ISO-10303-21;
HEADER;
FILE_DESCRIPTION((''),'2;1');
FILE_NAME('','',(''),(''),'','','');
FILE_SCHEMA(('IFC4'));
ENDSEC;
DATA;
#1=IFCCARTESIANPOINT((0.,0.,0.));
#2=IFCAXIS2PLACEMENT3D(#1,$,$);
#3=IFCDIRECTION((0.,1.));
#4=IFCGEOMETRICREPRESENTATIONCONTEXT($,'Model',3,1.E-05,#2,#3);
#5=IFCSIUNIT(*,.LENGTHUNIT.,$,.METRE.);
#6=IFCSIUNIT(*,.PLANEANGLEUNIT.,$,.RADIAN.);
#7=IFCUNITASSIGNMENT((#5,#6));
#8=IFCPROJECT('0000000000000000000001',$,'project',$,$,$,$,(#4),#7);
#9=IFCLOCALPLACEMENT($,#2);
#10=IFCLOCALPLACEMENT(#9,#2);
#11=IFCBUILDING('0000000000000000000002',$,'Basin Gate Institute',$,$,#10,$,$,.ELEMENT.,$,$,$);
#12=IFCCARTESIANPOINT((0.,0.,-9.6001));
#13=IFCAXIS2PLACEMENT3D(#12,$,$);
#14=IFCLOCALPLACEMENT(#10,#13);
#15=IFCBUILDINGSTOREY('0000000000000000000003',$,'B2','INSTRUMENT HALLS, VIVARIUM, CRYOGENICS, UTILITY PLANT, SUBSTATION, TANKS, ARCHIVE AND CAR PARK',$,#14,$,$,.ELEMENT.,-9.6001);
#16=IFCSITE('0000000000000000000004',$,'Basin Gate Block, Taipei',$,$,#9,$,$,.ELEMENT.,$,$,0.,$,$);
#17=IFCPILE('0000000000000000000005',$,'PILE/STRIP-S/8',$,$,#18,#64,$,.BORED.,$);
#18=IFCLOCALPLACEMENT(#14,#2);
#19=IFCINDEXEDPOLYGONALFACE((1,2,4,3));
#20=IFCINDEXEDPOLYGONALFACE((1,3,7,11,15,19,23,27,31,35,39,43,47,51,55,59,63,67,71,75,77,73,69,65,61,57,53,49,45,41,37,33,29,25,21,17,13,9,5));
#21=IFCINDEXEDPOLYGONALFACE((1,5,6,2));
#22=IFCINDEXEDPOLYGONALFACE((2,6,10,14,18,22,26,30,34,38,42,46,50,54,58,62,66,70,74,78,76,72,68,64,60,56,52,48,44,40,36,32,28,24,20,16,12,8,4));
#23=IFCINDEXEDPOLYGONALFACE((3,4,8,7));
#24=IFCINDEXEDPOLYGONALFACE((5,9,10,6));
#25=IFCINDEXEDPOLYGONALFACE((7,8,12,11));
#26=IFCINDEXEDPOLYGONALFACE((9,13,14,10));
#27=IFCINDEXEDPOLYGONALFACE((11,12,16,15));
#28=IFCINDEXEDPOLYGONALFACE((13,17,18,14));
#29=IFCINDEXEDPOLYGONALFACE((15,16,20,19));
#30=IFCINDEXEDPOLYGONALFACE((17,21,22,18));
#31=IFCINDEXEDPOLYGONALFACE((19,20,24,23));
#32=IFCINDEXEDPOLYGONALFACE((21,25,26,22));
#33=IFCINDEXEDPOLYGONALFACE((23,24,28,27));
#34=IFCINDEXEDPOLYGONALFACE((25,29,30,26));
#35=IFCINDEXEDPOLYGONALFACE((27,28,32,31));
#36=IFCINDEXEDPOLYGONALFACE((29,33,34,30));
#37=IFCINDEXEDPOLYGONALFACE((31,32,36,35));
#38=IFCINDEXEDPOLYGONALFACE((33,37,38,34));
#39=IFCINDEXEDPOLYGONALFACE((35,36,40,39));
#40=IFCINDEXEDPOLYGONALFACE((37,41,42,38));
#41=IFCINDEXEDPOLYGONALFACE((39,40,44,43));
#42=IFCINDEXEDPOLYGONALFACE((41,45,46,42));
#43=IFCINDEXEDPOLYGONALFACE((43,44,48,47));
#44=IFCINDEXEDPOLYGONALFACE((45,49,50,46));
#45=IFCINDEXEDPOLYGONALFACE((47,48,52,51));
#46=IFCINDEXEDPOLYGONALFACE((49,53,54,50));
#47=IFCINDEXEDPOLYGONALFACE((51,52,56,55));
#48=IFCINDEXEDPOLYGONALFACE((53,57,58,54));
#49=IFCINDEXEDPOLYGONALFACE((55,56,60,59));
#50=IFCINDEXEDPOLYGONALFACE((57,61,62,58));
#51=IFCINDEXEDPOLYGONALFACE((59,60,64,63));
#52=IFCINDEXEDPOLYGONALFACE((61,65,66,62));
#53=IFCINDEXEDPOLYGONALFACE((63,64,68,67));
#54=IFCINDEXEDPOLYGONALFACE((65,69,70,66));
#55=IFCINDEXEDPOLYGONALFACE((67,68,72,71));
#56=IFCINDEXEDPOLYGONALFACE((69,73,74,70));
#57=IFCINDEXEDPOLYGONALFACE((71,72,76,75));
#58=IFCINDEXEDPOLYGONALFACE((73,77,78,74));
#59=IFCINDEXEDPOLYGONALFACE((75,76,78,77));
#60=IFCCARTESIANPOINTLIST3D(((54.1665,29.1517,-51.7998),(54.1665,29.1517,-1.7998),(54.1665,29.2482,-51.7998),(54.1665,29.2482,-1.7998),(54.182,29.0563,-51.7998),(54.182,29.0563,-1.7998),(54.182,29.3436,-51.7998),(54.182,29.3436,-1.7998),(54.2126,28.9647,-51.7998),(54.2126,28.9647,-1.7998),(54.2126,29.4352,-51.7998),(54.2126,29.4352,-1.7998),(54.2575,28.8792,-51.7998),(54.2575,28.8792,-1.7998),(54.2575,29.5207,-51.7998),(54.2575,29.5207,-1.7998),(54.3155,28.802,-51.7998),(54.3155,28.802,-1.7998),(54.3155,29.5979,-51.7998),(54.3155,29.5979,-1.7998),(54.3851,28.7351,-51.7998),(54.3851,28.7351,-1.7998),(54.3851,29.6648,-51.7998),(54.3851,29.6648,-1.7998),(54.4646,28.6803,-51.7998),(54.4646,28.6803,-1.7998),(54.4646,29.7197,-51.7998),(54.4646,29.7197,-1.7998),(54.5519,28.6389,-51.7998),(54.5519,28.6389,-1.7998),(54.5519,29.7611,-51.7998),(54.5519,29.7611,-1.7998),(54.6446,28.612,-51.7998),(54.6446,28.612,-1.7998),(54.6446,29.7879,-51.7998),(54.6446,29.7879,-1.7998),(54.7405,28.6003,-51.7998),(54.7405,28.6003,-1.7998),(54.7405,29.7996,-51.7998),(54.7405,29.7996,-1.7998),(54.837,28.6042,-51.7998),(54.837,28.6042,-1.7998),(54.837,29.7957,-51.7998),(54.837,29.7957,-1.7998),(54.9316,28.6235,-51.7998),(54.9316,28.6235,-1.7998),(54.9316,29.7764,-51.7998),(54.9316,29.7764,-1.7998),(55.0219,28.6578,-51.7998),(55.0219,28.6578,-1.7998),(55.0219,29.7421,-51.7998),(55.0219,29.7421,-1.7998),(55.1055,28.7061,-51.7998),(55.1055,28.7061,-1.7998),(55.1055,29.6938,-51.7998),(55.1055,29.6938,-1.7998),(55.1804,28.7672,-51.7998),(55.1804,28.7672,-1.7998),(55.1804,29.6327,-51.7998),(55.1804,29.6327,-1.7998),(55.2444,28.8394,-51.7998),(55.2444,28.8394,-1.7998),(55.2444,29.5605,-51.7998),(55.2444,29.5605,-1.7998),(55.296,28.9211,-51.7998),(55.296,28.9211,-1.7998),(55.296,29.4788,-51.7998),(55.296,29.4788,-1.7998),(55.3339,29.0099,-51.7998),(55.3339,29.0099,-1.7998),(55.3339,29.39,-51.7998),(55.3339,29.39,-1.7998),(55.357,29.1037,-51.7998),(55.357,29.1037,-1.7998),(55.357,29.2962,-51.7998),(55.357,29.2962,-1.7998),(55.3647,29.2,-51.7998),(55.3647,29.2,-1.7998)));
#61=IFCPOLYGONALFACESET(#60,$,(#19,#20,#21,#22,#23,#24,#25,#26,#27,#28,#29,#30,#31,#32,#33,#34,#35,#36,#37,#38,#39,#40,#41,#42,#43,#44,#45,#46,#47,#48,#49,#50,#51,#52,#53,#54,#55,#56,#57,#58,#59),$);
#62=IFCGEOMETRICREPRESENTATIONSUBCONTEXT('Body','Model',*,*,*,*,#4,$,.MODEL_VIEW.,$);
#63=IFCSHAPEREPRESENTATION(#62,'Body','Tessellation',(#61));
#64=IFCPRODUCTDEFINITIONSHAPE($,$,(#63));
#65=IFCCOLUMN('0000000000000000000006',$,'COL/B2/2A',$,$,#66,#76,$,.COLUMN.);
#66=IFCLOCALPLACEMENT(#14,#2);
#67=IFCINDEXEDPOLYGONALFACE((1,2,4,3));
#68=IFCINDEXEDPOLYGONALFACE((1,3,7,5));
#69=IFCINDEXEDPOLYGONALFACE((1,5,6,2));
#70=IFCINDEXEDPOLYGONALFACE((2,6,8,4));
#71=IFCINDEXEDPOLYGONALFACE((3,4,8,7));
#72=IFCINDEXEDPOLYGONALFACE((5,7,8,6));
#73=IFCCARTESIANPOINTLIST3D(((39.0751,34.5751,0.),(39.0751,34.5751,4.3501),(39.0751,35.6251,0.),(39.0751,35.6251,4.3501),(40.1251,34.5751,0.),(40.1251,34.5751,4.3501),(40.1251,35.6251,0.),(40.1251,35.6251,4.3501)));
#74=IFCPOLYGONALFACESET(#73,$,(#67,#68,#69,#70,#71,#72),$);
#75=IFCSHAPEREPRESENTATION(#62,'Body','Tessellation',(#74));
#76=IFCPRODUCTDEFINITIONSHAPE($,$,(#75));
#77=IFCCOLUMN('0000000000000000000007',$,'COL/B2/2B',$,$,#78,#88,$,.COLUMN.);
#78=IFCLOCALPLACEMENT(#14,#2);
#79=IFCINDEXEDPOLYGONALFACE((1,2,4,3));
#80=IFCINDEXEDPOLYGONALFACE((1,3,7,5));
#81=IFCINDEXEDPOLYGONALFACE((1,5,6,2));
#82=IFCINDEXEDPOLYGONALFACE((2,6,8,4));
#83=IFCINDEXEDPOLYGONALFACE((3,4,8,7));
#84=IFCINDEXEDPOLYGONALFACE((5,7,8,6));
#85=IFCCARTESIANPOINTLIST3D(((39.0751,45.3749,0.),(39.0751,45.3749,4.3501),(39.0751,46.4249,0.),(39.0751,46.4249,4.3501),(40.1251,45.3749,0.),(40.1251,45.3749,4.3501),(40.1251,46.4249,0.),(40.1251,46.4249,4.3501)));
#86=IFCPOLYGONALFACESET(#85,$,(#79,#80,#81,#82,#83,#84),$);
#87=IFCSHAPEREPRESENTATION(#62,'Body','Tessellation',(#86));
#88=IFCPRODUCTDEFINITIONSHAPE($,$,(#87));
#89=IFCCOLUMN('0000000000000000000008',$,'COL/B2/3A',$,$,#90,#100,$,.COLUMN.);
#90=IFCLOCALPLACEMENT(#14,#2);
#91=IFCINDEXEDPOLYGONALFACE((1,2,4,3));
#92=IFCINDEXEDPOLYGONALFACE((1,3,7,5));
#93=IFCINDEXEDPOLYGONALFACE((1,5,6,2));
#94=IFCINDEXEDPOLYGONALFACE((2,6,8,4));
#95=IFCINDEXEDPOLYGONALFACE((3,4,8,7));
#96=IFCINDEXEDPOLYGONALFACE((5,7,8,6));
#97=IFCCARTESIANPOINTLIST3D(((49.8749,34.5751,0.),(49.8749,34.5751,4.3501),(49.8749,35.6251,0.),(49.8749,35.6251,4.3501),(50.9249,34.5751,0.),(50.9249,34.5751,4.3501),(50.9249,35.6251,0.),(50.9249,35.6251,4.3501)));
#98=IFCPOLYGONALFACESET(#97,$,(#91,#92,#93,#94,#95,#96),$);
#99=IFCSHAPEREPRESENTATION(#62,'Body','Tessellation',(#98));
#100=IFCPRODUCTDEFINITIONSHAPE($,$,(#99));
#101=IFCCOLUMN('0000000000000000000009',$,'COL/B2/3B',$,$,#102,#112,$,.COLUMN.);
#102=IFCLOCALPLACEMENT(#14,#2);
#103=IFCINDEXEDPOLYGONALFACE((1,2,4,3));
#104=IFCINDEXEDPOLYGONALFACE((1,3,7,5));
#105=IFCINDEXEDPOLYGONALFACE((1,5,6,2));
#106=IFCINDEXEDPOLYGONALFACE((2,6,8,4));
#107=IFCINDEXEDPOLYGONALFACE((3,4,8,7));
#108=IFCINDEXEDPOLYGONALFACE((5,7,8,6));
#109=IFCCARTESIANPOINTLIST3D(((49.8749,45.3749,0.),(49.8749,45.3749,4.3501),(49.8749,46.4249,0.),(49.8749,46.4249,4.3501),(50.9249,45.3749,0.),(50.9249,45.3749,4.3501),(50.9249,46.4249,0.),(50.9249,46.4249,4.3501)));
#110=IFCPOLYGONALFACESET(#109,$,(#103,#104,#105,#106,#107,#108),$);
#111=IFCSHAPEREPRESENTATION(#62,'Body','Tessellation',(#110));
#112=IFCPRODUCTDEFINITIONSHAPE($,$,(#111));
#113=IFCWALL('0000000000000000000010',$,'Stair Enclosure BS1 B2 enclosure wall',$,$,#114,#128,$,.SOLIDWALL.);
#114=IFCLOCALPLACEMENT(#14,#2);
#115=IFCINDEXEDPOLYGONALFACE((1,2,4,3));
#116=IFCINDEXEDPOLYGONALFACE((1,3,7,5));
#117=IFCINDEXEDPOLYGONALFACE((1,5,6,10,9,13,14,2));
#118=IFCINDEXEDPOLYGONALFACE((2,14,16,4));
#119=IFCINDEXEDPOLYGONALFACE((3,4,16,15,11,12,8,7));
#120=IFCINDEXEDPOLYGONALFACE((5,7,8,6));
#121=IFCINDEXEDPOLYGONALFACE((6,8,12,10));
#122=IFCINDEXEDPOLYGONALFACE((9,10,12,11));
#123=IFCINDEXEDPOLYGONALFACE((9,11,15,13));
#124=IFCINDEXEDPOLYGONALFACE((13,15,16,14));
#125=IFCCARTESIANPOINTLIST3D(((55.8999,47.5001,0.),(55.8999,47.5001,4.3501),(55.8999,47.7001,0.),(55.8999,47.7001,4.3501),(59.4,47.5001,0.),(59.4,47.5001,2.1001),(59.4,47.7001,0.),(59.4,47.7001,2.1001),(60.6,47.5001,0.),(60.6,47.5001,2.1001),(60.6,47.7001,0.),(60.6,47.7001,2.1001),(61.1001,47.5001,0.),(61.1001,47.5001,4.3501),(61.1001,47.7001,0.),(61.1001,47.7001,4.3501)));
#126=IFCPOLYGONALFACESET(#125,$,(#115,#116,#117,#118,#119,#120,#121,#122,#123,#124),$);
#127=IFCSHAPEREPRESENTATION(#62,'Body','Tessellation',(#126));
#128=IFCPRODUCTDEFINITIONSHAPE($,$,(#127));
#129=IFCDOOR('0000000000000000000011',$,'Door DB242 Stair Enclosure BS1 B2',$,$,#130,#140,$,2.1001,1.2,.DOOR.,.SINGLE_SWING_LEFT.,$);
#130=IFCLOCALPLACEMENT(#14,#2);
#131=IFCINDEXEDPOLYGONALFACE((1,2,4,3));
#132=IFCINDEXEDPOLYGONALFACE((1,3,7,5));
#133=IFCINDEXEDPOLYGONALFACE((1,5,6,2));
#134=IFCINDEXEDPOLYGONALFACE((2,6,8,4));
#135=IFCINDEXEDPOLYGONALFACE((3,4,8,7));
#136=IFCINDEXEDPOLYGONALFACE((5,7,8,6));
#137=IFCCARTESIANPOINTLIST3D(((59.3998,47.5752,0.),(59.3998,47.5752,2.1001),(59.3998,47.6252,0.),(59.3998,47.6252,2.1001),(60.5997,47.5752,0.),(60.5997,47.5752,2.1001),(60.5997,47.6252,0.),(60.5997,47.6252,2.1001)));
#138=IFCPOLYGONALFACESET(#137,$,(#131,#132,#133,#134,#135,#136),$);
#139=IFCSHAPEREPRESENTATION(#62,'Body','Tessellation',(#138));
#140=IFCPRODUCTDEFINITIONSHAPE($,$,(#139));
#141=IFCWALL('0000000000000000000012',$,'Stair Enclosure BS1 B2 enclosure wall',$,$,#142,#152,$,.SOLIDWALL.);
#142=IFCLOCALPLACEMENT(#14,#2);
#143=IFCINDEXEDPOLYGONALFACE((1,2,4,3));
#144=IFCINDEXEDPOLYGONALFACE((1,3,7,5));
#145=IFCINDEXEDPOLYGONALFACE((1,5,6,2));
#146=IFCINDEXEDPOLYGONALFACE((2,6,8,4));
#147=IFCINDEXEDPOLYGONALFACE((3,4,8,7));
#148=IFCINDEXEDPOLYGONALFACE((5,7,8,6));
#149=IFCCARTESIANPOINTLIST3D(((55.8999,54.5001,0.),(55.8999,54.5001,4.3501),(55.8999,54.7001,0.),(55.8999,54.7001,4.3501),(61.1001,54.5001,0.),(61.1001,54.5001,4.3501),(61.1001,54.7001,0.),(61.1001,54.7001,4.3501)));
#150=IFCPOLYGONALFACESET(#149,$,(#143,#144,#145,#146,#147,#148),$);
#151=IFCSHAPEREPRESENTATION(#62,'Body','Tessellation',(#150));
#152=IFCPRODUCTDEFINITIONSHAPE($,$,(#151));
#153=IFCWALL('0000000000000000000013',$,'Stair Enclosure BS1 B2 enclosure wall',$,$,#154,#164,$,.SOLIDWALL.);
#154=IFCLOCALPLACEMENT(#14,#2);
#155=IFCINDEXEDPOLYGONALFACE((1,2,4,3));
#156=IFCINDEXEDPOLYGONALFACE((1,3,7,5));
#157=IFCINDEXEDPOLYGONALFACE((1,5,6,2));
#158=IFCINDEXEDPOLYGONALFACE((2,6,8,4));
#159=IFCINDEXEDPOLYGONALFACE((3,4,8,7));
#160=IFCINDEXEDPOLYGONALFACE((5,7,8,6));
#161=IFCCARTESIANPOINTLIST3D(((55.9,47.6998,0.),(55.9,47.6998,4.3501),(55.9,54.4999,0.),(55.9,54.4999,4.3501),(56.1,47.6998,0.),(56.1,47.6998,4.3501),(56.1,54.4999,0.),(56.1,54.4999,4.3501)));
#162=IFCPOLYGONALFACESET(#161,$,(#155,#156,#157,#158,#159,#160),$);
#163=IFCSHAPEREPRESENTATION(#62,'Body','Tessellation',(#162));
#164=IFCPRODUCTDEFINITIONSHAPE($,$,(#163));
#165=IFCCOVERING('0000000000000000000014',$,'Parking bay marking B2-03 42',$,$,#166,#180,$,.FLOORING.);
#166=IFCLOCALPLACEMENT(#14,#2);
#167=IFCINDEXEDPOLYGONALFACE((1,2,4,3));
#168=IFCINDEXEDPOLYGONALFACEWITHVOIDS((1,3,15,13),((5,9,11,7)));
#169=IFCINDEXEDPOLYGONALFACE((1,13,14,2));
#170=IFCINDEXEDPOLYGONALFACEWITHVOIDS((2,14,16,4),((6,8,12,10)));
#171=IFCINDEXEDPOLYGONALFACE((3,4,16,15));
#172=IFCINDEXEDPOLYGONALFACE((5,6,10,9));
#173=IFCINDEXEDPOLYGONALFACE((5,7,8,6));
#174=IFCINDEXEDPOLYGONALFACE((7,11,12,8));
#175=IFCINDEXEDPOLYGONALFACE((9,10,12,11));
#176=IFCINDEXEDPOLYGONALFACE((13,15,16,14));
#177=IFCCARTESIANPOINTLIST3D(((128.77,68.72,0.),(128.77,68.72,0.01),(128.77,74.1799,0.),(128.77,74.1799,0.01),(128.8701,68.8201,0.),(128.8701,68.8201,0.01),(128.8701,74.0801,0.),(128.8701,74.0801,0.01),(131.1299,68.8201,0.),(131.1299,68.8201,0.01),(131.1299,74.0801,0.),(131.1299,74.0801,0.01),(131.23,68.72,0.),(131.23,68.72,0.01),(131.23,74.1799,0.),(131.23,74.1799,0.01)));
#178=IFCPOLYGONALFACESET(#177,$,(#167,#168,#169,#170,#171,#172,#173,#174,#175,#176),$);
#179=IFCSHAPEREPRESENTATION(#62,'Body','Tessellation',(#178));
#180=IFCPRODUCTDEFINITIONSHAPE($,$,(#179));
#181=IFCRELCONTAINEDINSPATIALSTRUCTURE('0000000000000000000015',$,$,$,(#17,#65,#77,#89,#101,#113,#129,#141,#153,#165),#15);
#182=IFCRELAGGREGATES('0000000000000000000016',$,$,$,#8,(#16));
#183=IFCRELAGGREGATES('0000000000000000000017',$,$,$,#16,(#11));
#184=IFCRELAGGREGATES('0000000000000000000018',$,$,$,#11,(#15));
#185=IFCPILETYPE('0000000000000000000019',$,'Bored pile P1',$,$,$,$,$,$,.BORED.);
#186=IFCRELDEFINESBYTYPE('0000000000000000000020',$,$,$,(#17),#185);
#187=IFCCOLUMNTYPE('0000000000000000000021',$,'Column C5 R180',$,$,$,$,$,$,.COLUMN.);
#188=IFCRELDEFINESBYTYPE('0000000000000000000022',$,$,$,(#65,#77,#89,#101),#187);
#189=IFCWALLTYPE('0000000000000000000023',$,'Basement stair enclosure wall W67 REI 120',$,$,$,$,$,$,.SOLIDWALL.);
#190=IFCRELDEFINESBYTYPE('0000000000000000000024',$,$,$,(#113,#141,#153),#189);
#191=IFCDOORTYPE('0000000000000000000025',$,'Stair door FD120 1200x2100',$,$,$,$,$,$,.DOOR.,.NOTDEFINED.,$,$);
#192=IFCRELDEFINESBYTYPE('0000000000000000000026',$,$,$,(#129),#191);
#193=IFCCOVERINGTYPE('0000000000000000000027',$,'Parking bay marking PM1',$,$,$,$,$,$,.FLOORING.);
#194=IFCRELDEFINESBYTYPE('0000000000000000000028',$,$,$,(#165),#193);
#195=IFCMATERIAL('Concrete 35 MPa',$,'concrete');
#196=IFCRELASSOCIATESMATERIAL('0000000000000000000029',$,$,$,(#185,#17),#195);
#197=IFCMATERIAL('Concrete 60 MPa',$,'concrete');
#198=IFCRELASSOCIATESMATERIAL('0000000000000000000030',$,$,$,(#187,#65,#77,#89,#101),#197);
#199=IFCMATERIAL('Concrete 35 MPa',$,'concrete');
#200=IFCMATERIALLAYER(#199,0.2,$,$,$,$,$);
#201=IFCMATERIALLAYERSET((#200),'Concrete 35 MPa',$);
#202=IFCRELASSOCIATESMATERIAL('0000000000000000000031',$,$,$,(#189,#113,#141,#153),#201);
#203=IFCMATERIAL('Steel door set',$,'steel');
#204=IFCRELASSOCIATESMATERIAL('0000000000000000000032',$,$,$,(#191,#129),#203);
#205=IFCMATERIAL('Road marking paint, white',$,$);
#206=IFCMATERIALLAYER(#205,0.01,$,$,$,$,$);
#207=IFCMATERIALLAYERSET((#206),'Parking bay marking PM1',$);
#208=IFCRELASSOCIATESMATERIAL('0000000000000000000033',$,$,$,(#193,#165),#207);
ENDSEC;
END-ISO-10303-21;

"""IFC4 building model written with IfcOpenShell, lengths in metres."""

from ifc_helpers import new_model, si_unit, direction, frame, frame_2d, origin, origin_2d, place, context, subcontext, project, spatial, polyline, rectangle, circle, outline, extrude, material, layer, layer_set, material_profile, profile_set, type_object, element, fill, save


model = new_model("IFC4")

# Units and contexts
model_context = context("Model", 3, precision=1e-05, world=origin(), true_north=direction((0.0, 1.0)))
body_context = subcontext(model_context, "Body", "Model", "MODEL_VIEW")
ifc_project = project(units=[si_unit("LENGTHUNIT", "METRE"), si_unit("PLANEANGLEUNIT", "RADIAN")], contexts=[model_context])

# Site, building, storey
site_placement = place(None, origin())
site = spatial("IfcSite", under=ifc_project, at=site_placement, Name="Basin Gate Block, Taipei", CompositionType="ELEMENT", RefElevation=0.0)
building_placement = place(site_placement, origin())
building = spatial("IfcBuilding", under=site, at=building_placement, Name="Basin Gate Institute", CompositionType="ELEMENT")
storey_placement = place(building_placement, frame((0.0, 0.0, -9.6001)))
storey = spatial("IfcBuildingStorey", under=building, at=storey_placement, Name="B2", Description="INSTRUMENT HALLS, VIVARIUM, CRYOGENICS, UTILITY PLANT, SUBSTATION, TANKS, ARCHIVE AND CAR PARK", CompositionType="ELEMENT", Elevation=-9.6001)

# Pile
ifc_material_1 = material(Name="Concrete 35 MPa", Category="concrete")
ifc_material_profile_1 = material_profile(ifc_material_1, circle(Radius=0.6001, at=origin_2d()), Name="Bored pile P1 1200 dia")
ifc_profile_set_1 = profile_set([ifc_material_profile_1], Name="Concrete 35 MPa")
pile_type = type_object("IfcPileType", Name="Bored pile P1", PredefinedType="BORED", material=ifc_profile_set_1)
for number, where, z_axis, x_axis, name in (
    (1, (54.7646, 29.2, -1.7998), (0.0, 0.0, -1.0), (1.0, 0.0, 0.0), "PILE/STRIP-S/8"),
):
    element("IfcPile", number, at=place(storey_placement, frame(where, z_axis=z_axis, x_axis=x_axis)), inside=storey, type_object=pile_type, material=ifc_profile_set_1, Name=name, PredefinedType="BORED", context=body_context, shape_type="SweptSolid", body=[
        extrude(circle(Radius=0.6001, at=origin_2d()), origin(), (0.0, 0.0, 1.0), 50.0),
    ])

# Columns
ifc_material_2 = material(Name="Concrete 60 MPa", Category="concrete")
ifc_material_profile_2 = material_profile(ifc_material_2, rectangle(XDim=1.05, YDim=1.05, at=origin_2d()), Name="Column C5 1050 x 1050")
ifc_profile_set_2 = profile_set([ifc_material_profile_2], Name="Concrete 60 MPa")
column_type = type_object("IfcColumnType", Name="Column C5 R180", PredefinedType="COLUMN", material=ifc_profile_set_2)
for number, where, z_axis, x_axis, name in (
    (2, (39.6001, 35.1001, 0.0), (0.0, 0.0, 1.0), (1.0, 0.0, 0.0), "COL/B2/2A"),
    (3, (39.6001, 45.8999, 0.0), (0.0, 0.0, 1.0), (1.0, 0.0, 0.0), "COL/B2/2B"),
    (4, (50.3999, 35.1001, 0.0), (0.0, 0.0, 1.0), (1.0, 0.0, 0.0), "COL/B2/3A"),
    (5, (50.3999, 45.8999, 0.0), (0.0, 0.0, 1.0), (1.0, 0.0, 0.0), "COL/B2/3B"),
):
    element("IfcColumn", number, at=place(storey_placement, frame(where, z_axis=z_axis, x_axis=x_axis)), inside=storey, type_object=column_type, material=ifc_profile_set_2, Name=name, PredefinedType="COLUMN", context=body_context, shape_type="SweptSolid", body=[
        extrude(rectangle(XDim=1.05, YDim=1.05, at=origin_2d()), origin(), (0.0, 0.0, 1.0), 4.3501),
    ])

# Wall, opening, door
ifc_material_3 = material(Name="Concrete 35 MPa", Category="concrete")
ifc_layer_1 = layer(ifc_material_3, 0.2)
ifc_layer_set_1 = layer_set([ifc_layer_1], Name="Concrete 35 MPa")
wall_type = type_object("IfcWallType", Name="Basement stair enclosure wall W67 REI 120", PredefinedType="SOLIDWALL", material=ifc_layer_set_1)
wall_1_placement = place(storey_placement, frame((55.8999, 47.6001, 0.0), z_axis=(0.0, 0.0, 1.0), x_axis=(1.0, 0.0, 0.0)))
wall_1 = element("IfcWall", 6, at=wall_1_placement, inside=storey, type_object=wall_type, material=ifc_layer_set_1, Name="Stair Enclosure BS1 B2 enclosure wall", PredefinedType="SOLIDWALL", context=body_context, shape_type="SweptSolid", body=[
    extrude(rectangle(XDim=5.2002, YDim=0.2, at=frame_2d((2.6001, 0.0))), origin(), (0.0, 0.0, 1.0), 4.3501),
])
opening_placement = place(wall_1_placement, frame((3.5, 0.0, 0.0)))
opening = element("IfcOpeningElement", 7, at=opening_placement, cuts=wall_1, PredefinedType="OPENING", context=body_context, shape_type="SweptSolid", body=[
    extrude(rectangle(XDim=1.2, YDim=2.1001, at=frame_2d((0.6001, 1.05))), frame((0.0, 0.1099, 0.0), z_axis=(0.0, -1.0, 0.0), x_axis=(1.0, 0.0, 0.0)), (0.0, 0.0, 1.0), 0.22),
])
ifc_material_4 = material(Name="Steel door set", Category="steel")
door_type = type_object("IfcDoorType", Name="Stair door FD120 1200x2100", OperationType="NOTDEFINED", PredefinedType="DOOR", material=ifc_material_4)
door_placement = place(opening_placement, frame((1.2, 0.0, 0.0), z_axis=(0.0, 0.0, 1.0), x_axis=(-1.0, 0.0, 0.0)))
door = element("IfcDoor", 8, at=door_placement, inside=storey, type_object=door_type, material=ifc_material_4, Name="Door DB242 Stair Enclosure BS1 B2", OperationType="SINGLE_SWING_LEFT", OverallHeight=2.1001, OverallWidth=1.2, PredefinedType="DOOR", context=body_context, shape_type="SweptSolid", body=[
    extrude(rectangle(XDim=1.2, YDim=2.1001, at=frame_2d((0.6001, 1.05))), frame((0.0, 0.0249, 0.0), z_axis=(0.0, -1.0, 0.0), x_axis=(1.0, 0.0, 0.0)), (0.0, 0.0, 1.0), 0.05),
])
fill(opening, door)

# Walls
wall_2_placement = place(storey_placement, frame((55.8999, 54.6001, 0.0), z_axis=(0.0, 0.0, 1.0), x_axis=(1.0, 0.0, 0.0)))
element("IfcWall", 9, at=wall_2_placement, inside=storey, type_object=wall_type, material=ifc_layer_set_1, Name="Stair Enclosure BS1 B2 enclosure wall", PredefinedType="SOLIDWALL", context=body_context, shape_type="SweptSolid", body=[
    extrude(rectangle(XDim=5.2002, YDim=0.2, at=frame_2d((2.6001, 0.0))), origin(), (0.0, 0.0, 1.0), 4.3501),
])
wall_3_placement = place(storey_placement, frame((56.0, 47.7, 0.0), z_axis=(0.0, 0.0, 1.0), x_axis=(0.0, 1.0, 0.0)))
element("IfcWall", 10, at=wall_3_placement, inside=storey, type_object=wall_type, material=ifc_layer_set_1, Name="Stair Enclosure BS1 B2 enclosure wall", PredefinedType="SOLIDWALL", context=body_context, shape_type="SweptSolid", body=[
    extrude(rectangle(XDim=6.8, YDim=0.2, at=frame_2d((3.3999, 0.0))), origin(), (0.0, 0.0, 1.0), 4.3501),
])

# Covering
ifc_material_5 = material(Name="Road marking paint, white")
ifc_layer_2 = layer(ifc_material_5, 0.01)
ifc_layer_set_2 = layer_set([ifc_layer_2], Name="Parking bay marking PM1")
covering_type_1 = type_object("IfcCoveringType", Name="Parking bay marking PM1", PredefinedType="FLOORING", material=ifc_layer_set_2)
covering_1_placement = place(storey_placement, origin())
element("IfcCovering", 11, at=covering_1_placement, inside=storey, type_object=covering_type_1, material=ifc_layer_set_2, Name="Parking bay marking B2-03 42", PredefinedType="FLOORING", context=body_context, shape_type="SweptSolid", body=[
    extrude(outline(polyline([(128.77, 68.72), (131.23, 68.72), (131.23, 74.1799), (128.77, 74.1799), (128.77, 68.72)]), holes=[polyline([(128.8701, 68.8201), (131.1299, 68.8201), (131.1299, 74.0801), (128.8701, 74.0801), (128.8701, 68.8201)])]), origin(), (0.0, 0.0, 1.0), 0.01),
])

save(model, "model.ifc")
